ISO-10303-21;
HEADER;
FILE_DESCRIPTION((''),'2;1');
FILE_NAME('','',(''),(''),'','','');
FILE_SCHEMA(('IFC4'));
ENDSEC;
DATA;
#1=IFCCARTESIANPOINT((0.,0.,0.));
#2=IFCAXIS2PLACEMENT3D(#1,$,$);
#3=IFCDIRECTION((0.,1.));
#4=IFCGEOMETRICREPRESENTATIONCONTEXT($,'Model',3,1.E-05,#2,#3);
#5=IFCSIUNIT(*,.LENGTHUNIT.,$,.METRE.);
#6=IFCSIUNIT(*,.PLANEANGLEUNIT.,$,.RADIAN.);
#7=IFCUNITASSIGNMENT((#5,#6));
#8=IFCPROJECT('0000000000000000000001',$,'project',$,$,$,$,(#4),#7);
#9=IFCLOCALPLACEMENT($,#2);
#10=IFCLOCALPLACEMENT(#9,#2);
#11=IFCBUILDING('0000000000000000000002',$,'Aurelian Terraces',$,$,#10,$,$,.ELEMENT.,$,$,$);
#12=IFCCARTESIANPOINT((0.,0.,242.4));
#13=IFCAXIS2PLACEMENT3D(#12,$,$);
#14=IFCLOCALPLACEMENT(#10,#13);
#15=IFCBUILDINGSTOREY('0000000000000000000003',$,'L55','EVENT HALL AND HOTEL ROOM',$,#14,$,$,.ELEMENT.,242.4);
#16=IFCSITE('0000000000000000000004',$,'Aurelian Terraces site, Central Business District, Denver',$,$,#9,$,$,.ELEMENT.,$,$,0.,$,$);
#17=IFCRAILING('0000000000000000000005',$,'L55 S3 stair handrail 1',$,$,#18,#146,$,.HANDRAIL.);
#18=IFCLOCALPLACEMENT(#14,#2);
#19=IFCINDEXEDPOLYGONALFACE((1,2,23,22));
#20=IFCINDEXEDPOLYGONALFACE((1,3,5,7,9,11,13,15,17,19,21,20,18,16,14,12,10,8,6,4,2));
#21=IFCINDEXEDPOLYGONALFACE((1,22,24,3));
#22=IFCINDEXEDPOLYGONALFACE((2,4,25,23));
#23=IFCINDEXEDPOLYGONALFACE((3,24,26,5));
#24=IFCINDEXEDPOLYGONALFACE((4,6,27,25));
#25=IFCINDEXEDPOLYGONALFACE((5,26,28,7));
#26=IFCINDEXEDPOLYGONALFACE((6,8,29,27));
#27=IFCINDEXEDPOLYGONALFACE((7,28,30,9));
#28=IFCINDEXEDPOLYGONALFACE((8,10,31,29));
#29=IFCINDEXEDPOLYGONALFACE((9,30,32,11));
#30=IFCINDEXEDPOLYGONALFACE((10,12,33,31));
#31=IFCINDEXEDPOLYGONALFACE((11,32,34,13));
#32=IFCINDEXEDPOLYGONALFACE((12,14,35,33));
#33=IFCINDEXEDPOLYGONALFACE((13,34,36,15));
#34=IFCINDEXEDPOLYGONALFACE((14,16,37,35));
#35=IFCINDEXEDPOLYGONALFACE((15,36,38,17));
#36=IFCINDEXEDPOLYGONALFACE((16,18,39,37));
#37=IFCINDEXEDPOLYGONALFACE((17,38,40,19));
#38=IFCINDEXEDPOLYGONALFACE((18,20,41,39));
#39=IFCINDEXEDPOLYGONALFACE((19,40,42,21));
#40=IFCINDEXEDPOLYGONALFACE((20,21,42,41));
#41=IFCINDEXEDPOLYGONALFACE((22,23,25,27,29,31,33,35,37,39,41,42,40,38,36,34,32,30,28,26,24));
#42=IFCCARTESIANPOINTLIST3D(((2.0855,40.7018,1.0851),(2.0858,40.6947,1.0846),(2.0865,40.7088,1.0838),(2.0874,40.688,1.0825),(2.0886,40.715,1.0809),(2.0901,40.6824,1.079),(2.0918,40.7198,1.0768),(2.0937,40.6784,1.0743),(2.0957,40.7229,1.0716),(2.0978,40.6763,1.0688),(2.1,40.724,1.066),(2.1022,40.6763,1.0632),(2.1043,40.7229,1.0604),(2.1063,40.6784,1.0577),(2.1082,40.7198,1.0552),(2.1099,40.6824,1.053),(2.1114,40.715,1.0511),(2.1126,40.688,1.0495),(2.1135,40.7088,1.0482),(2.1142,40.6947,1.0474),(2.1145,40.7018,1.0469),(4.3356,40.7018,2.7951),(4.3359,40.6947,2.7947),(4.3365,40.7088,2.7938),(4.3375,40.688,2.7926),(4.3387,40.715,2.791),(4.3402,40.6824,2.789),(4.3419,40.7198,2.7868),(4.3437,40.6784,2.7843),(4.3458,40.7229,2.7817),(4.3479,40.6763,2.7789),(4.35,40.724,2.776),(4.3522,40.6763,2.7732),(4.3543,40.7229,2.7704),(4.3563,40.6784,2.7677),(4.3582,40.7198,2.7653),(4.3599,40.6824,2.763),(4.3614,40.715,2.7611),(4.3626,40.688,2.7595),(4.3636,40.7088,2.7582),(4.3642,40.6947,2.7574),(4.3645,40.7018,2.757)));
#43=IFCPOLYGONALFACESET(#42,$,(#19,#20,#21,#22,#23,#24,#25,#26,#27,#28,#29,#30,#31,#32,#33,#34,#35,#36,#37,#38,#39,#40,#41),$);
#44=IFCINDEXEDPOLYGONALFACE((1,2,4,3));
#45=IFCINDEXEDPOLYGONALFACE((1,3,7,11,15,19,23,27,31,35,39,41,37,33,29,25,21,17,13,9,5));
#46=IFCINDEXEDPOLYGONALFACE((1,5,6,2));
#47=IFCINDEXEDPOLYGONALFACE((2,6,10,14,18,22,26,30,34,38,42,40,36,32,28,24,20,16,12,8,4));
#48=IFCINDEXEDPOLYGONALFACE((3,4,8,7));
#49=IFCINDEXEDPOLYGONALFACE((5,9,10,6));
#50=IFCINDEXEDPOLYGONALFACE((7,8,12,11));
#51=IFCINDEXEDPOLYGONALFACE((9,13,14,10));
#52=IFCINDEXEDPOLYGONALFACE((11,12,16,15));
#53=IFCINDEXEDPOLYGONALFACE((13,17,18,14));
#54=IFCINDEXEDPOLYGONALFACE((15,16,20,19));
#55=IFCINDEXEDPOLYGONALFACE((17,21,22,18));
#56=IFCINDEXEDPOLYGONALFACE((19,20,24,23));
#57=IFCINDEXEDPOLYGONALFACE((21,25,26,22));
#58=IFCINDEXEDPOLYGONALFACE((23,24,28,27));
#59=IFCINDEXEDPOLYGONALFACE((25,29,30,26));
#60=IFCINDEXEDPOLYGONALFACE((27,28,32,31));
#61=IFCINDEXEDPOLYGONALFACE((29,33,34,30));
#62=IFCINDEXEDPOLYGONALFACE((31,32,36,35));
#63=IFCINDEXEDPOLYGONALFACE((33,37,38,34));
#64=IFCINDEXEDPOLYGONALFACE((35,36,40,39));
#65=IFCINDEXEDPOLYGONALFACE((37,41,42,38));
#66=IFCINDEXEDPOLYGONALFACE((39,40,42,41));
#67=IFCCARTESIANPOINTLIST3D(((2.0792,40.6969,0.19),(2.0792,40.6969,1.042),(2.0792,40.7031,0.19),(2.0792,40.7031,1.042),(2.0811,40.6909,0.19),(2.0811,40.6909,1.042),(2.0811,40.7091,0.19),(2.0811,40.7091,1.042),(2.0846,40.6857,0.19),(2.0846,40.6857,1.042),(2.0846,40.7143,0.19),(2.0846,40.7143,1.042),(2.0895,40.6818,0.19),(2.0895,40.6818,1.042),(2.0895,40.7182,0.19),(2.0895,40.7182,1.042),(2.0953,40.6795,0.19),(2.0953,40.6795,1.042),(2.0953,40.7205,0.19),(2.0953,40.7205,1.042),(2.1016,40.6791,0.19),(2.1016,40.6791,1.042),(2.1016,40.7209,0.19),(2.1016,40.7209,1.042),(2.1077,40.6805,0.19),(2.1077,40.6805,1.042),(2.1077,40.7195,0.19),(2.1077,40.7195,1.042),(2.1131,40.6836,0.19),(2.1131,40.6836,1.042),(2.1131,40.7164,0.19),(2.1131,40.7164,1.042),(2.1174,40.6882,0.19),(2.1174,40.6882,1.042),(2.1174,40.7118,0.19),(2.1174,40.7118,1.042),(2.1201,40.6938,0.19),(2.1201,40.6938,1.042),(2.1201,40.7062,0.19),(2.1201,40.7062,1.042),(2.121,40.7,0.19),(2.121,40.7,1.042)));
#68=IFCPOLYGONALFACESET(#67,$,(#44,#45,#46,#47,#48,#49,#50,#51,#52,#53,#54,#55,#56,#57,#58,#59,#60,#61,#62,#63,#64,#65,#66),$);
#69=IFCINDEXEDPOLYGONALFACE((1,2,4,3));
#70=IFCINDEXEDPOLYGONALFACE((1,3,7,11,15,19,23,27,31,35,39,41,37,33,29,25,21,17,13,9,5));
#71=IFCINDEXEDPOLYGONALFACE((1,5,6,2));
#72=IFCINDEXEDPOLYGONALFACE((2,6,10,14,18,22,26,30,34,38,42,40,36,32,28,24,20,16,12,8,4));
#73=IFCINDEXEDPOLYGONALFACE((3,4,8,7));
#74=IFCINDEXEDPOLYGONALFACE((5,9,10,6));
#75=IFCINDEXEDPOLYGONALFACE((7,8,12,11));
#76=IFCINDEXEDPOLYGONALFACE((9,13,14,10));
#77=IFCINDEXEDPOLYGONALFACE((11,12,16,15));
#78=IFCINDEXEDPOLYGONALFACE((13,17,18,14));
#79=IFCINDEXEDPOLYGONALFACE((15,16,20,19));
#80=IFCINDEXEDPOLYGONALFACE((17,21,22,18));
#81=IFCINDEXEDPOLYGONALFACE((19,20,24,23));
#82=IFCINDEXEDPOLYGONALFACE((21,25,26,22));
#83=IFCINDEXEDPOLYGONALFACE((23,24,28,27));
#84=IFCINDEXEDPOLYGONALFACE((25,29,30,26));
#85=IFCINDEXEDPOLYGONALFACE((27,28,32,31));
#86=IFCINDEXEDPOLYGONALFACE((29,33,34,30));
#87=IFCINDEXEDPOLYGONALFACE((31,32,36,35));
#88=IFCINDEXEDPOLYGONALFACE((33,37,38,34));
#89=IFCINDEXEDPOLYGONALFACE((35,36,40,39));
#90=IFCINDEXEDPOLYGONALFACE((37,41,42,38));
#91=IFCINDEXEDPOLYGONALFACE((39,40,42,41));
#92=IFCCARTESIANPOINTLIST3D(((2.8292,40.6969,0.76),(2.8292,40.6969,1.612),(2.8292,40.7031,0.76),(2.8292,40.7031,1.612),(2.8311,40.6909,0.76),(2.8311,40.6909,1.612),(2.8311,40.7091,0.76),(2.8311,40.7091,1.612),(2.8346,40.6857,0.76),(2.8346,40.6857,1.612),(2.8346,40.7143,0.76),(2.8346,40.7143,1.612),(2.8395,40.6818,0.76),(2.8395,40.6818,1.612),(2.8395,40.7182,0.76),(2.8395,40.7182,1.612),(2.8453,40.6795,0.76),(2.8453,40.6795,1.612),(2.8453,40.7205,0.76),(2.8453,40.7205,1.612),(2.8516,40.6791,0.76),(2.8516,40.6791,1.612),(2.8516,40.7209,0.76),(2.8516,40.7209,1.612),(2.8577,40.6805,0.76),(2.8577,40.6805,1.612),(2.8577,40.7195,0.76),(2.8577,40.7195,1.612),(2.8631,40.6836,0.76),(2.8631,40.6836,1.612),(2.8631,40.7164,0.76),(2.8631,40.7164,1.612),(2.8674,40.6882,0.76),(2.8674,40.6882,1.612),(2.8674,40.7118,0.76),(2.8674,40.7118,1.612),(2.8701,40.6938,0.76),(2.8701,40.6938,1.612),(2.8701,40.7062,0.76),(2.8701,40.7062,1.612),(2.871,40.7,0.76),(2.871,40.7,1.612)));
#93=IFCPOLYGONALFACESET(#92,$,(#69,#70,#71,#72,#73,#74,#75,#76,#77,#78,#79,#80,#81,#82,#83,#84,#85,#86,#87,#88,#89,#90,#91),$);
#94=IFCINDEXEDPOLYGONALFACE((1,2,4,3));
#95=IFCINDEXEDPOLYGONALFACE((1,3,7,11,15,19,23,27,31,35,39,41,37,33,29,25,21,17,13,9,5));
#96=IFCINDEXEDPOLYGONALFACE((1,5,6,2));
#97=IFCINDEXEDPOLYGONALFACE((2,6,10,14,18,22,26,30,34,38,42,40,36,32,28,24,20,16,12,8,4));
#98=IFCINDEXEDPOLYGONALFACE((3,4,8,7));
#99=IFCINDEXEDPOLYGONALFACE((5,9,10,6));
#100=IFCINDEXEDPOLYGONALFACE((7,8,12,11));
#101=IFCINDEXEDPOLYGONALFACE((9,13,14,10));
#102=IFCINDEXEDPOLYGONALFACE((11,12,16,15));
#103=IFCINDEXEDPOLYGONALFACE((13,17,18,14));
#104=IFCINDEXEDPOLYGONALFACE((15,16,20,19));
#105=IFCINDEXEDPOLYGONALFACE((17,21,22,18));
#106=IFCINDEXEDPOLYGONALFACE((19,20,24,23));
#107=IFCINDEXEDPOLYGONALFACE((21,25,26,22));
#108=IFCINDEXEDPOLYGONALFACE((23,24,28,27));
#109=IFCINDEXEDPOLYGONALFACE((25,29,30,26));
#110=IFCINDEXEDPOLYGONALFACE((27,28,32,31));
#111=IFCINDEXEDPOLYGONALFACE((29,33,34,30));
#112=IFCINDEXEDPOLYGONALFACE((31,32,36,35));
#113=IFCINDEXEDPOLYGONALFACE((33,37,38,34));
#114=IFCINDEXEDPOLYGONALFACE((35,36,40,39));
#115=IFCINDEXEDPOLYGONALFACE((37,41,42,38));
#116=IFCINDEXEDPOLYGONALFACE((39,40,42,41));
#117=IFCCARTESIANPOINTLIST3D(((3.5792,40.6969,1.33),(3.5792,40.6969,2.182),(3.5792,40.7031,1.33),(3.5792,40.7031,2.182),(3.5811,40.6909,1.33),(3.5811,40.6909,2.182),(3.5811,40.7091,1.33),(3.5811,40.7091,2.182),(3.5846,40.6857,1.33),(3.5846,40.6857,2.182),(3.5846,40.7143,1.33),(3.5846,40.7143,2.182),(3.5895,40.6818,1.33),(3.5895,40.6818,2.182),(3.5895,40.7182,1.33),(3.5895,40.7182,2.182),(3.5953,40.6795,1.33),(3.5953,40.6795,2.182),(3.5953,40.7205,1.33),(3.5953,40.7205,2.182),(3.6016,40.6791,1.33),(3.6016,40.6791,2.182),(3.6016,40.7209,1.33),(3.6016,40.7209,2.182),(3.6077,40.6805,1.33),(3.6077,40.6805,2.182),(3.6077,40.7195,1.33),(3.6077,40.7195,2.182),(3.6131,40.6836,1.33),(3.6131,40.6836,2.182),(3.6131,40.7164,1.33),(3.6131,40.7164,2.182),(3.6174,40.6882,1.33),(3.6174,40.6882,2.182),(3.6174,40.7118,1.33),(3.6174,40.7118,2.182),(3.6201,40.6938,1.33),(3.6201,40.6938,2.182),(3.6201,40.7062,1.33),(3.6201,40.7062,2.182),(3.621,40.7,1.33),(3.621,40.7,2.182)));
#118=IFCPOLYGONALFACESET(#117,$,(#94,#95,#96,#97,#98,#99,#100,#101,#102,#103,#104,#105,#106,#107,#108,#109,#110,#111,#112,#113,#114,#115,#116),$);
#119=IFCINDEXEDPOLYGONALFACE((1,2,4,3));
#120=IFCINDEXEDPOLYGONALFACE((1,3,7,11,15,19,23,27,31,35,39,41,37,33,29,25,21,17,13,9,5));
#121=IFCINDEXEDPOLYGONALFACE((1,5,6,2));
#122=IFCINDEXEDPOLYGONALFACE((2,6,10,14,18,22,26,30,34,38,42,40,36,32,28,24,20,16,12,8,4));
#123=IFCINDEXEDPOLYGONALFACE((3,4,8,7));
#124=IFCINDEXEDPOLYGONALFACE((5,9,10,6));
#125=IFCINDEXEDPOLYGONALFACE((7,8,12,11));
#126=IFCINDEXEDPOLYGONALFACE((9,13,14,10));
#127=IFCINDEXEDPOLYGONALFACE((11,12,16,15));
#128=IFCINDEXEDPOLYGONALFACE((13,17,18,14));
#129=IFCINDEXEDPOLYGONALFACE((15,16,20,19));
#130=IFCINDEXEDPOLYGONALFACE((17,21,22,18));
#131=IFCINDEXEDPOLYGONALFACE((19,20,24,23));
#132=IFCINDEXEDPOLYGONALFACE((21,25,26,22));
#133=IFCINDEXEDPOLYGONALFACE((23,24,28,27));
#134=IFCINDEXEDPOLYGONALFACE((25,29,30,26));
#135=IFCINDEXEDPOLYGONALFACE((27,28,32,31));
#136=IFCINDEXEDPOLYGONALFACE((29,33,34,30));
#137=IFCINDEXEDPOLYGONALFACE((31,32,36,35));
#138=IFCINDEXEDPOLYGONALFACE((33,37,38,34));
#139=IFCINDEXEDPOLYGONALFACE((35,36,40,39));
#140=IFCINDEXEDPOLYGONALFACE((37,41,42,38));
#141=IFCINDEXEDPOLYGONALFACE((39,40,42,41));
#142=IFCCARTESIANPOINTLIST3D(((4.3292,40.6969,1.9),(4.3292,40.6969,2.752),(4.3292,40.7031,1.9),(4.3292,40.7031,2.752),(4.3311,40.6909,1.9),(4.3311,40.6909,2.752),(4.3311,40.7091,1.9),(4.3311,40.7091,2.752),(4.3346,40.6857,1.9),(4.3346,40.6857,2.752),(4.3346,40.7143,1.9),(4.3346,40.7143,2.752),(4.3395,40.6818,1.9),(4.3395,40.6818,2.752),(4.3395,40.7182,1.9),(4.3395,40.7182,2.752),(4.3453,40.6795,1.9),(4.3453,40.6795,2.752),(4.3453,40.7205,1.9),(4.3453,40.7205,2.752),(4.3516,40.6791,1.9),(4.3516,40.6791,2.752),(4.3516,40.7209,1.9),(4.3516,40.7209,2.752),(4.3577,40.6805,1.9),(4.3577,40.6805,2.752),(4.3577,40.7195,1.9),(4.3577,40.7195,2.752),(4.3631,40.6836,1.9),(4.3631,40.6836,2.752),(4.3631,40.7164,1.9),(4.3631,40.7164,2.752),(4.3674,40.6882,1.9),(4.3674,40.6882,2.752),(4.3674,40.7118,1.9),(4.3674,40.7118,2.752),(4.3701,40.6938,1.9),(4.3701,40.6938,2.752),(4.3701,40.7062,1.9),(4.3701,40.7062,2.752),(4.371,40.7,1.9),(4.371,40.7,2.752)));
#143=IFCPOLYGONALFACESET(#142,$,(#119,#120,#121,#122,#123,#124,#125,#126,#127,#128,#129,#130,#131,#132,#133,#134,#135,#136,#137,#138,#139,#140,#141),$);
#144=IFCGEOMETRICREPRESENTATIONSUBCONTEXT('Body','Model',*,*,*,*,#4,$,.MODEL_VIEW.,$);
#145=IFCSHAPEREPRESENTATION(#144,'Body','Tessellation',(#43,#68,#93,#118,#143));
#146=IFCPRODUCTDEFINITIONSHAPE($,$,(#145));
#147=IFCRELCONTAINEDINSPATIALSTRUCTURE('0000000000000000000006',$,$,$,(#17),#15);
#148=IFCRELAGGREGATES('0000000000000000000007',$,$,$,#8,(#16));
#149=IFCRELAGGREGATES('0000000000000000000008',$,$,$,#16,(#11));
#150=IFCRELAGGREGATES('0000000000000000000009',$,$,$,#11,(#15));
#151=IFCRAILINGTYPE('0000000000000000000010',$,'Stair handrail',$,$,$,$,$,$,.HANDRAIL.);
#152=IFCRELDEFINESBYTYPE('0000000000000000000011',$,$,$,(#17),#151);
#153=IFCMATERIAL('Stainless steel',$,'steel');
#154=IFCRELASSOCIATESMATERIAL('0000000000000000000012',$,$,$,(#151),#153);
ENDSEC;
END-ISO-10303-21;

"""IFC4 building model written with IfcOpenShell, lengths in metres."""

from ifc_helpers import new_model, si_unit, direction, frame, origin, origin_2d, place, context, subcontext, project, spatial, circle, extrude, source, transform, mapped, material, type_object, element, save


model = new_model("IFC4")

# Units and contexts
model_context = context("Model", 3, precision=1e-05, world=origin(), true_north=direction((0.0, 1.0)))
body_context = subcontext(model_context, "Body", "Model", "MODEL_VIEW")
ifc_project = project(units=[si_unit("LENGTHUNIT", "METRE"), si_unit("PLANEANGLEUNIT", "RADIAN")], contexts=[model_context])

# Site, building, storey
site_placement = place(None, origin())
site = spatial("IfcSite", under=ifc_project, at=site_placement, Name="Aurelian Terraces site, Central Business District, Denver", CompositionType="ELEMENT", RefElevation=0.0)
building_placement = place(site_placement, origin())
building = spatial("IfcBuilding", under=site, at=building_placement, Name="Aurelian Terraces", CompositionType="ELEMENT")
storey_placement = place(building_placement, frame((0.0, 0.0, 242.4)))
storey = spatial("IfcBuildingStorey", under=building, at=storey_placement, Name="L55", Description="EVENT HALL AND HOTEL ROOM", CompositionType="ELEMENT", Elevation=242.4)

# Railing
ifc_material_1 = material(Name="Stainless steel", Category="steel")
railing_type_1 = type_object("IfcRailingType", Name="Stair handrail", PredefinedType="HANDRAIL", material=ifc_material_1)
shared_shape_1 = source(origin(), body_context, "Body", "SweptSolid", [
    extrude(circle(Radius=0.024, at=origin_2d()), frame((0.0, 0.0, 0.876), z_axis=(0.796162, 0.0, 0.605083), x_axis=(0.0, 1.0, 0.0)), (0.0, 0.0, 1.0), 2.8261),
    extrude(circle(Radius=0.021, at=origin_2d()), origin(), (0.0, 0.0, 1.0), 0.852),
    extrude(circle(Radius=0.021, at=origin_2d()), frame((0.75, 0.0, 0.57)), (0.0, 0.0, 1.0), 0.852),
    extrude(circle(Radius=0.021, at=origin_2d()), frame((1.5, 0.0, 1.14)), (0.0, 0.0, 1.0), 0.852),
    extrude(circle(Radius=0.021, at=origin_2d()), frame((2.25, 0.0, 1.71)), (0.0, 0.0, 1.0), 0.852),
])
railing_1_placement = place(storey_placement, frame((2.1, 40.7, 0.19)))
element("IfcRailing", 1, at=railing_1_placement, inside=storey, type_object=railing_type_1, Name="L55 S3 stair handrail 1", PredefinedType="HANDRAIL", context=body_context, shape_type="MappedRepresentation", body=[
    mapped(shared_shape_1, transform((0.0, 0.0, 0.0), scale=1.0)),
])

save(model, "model.ifc")
